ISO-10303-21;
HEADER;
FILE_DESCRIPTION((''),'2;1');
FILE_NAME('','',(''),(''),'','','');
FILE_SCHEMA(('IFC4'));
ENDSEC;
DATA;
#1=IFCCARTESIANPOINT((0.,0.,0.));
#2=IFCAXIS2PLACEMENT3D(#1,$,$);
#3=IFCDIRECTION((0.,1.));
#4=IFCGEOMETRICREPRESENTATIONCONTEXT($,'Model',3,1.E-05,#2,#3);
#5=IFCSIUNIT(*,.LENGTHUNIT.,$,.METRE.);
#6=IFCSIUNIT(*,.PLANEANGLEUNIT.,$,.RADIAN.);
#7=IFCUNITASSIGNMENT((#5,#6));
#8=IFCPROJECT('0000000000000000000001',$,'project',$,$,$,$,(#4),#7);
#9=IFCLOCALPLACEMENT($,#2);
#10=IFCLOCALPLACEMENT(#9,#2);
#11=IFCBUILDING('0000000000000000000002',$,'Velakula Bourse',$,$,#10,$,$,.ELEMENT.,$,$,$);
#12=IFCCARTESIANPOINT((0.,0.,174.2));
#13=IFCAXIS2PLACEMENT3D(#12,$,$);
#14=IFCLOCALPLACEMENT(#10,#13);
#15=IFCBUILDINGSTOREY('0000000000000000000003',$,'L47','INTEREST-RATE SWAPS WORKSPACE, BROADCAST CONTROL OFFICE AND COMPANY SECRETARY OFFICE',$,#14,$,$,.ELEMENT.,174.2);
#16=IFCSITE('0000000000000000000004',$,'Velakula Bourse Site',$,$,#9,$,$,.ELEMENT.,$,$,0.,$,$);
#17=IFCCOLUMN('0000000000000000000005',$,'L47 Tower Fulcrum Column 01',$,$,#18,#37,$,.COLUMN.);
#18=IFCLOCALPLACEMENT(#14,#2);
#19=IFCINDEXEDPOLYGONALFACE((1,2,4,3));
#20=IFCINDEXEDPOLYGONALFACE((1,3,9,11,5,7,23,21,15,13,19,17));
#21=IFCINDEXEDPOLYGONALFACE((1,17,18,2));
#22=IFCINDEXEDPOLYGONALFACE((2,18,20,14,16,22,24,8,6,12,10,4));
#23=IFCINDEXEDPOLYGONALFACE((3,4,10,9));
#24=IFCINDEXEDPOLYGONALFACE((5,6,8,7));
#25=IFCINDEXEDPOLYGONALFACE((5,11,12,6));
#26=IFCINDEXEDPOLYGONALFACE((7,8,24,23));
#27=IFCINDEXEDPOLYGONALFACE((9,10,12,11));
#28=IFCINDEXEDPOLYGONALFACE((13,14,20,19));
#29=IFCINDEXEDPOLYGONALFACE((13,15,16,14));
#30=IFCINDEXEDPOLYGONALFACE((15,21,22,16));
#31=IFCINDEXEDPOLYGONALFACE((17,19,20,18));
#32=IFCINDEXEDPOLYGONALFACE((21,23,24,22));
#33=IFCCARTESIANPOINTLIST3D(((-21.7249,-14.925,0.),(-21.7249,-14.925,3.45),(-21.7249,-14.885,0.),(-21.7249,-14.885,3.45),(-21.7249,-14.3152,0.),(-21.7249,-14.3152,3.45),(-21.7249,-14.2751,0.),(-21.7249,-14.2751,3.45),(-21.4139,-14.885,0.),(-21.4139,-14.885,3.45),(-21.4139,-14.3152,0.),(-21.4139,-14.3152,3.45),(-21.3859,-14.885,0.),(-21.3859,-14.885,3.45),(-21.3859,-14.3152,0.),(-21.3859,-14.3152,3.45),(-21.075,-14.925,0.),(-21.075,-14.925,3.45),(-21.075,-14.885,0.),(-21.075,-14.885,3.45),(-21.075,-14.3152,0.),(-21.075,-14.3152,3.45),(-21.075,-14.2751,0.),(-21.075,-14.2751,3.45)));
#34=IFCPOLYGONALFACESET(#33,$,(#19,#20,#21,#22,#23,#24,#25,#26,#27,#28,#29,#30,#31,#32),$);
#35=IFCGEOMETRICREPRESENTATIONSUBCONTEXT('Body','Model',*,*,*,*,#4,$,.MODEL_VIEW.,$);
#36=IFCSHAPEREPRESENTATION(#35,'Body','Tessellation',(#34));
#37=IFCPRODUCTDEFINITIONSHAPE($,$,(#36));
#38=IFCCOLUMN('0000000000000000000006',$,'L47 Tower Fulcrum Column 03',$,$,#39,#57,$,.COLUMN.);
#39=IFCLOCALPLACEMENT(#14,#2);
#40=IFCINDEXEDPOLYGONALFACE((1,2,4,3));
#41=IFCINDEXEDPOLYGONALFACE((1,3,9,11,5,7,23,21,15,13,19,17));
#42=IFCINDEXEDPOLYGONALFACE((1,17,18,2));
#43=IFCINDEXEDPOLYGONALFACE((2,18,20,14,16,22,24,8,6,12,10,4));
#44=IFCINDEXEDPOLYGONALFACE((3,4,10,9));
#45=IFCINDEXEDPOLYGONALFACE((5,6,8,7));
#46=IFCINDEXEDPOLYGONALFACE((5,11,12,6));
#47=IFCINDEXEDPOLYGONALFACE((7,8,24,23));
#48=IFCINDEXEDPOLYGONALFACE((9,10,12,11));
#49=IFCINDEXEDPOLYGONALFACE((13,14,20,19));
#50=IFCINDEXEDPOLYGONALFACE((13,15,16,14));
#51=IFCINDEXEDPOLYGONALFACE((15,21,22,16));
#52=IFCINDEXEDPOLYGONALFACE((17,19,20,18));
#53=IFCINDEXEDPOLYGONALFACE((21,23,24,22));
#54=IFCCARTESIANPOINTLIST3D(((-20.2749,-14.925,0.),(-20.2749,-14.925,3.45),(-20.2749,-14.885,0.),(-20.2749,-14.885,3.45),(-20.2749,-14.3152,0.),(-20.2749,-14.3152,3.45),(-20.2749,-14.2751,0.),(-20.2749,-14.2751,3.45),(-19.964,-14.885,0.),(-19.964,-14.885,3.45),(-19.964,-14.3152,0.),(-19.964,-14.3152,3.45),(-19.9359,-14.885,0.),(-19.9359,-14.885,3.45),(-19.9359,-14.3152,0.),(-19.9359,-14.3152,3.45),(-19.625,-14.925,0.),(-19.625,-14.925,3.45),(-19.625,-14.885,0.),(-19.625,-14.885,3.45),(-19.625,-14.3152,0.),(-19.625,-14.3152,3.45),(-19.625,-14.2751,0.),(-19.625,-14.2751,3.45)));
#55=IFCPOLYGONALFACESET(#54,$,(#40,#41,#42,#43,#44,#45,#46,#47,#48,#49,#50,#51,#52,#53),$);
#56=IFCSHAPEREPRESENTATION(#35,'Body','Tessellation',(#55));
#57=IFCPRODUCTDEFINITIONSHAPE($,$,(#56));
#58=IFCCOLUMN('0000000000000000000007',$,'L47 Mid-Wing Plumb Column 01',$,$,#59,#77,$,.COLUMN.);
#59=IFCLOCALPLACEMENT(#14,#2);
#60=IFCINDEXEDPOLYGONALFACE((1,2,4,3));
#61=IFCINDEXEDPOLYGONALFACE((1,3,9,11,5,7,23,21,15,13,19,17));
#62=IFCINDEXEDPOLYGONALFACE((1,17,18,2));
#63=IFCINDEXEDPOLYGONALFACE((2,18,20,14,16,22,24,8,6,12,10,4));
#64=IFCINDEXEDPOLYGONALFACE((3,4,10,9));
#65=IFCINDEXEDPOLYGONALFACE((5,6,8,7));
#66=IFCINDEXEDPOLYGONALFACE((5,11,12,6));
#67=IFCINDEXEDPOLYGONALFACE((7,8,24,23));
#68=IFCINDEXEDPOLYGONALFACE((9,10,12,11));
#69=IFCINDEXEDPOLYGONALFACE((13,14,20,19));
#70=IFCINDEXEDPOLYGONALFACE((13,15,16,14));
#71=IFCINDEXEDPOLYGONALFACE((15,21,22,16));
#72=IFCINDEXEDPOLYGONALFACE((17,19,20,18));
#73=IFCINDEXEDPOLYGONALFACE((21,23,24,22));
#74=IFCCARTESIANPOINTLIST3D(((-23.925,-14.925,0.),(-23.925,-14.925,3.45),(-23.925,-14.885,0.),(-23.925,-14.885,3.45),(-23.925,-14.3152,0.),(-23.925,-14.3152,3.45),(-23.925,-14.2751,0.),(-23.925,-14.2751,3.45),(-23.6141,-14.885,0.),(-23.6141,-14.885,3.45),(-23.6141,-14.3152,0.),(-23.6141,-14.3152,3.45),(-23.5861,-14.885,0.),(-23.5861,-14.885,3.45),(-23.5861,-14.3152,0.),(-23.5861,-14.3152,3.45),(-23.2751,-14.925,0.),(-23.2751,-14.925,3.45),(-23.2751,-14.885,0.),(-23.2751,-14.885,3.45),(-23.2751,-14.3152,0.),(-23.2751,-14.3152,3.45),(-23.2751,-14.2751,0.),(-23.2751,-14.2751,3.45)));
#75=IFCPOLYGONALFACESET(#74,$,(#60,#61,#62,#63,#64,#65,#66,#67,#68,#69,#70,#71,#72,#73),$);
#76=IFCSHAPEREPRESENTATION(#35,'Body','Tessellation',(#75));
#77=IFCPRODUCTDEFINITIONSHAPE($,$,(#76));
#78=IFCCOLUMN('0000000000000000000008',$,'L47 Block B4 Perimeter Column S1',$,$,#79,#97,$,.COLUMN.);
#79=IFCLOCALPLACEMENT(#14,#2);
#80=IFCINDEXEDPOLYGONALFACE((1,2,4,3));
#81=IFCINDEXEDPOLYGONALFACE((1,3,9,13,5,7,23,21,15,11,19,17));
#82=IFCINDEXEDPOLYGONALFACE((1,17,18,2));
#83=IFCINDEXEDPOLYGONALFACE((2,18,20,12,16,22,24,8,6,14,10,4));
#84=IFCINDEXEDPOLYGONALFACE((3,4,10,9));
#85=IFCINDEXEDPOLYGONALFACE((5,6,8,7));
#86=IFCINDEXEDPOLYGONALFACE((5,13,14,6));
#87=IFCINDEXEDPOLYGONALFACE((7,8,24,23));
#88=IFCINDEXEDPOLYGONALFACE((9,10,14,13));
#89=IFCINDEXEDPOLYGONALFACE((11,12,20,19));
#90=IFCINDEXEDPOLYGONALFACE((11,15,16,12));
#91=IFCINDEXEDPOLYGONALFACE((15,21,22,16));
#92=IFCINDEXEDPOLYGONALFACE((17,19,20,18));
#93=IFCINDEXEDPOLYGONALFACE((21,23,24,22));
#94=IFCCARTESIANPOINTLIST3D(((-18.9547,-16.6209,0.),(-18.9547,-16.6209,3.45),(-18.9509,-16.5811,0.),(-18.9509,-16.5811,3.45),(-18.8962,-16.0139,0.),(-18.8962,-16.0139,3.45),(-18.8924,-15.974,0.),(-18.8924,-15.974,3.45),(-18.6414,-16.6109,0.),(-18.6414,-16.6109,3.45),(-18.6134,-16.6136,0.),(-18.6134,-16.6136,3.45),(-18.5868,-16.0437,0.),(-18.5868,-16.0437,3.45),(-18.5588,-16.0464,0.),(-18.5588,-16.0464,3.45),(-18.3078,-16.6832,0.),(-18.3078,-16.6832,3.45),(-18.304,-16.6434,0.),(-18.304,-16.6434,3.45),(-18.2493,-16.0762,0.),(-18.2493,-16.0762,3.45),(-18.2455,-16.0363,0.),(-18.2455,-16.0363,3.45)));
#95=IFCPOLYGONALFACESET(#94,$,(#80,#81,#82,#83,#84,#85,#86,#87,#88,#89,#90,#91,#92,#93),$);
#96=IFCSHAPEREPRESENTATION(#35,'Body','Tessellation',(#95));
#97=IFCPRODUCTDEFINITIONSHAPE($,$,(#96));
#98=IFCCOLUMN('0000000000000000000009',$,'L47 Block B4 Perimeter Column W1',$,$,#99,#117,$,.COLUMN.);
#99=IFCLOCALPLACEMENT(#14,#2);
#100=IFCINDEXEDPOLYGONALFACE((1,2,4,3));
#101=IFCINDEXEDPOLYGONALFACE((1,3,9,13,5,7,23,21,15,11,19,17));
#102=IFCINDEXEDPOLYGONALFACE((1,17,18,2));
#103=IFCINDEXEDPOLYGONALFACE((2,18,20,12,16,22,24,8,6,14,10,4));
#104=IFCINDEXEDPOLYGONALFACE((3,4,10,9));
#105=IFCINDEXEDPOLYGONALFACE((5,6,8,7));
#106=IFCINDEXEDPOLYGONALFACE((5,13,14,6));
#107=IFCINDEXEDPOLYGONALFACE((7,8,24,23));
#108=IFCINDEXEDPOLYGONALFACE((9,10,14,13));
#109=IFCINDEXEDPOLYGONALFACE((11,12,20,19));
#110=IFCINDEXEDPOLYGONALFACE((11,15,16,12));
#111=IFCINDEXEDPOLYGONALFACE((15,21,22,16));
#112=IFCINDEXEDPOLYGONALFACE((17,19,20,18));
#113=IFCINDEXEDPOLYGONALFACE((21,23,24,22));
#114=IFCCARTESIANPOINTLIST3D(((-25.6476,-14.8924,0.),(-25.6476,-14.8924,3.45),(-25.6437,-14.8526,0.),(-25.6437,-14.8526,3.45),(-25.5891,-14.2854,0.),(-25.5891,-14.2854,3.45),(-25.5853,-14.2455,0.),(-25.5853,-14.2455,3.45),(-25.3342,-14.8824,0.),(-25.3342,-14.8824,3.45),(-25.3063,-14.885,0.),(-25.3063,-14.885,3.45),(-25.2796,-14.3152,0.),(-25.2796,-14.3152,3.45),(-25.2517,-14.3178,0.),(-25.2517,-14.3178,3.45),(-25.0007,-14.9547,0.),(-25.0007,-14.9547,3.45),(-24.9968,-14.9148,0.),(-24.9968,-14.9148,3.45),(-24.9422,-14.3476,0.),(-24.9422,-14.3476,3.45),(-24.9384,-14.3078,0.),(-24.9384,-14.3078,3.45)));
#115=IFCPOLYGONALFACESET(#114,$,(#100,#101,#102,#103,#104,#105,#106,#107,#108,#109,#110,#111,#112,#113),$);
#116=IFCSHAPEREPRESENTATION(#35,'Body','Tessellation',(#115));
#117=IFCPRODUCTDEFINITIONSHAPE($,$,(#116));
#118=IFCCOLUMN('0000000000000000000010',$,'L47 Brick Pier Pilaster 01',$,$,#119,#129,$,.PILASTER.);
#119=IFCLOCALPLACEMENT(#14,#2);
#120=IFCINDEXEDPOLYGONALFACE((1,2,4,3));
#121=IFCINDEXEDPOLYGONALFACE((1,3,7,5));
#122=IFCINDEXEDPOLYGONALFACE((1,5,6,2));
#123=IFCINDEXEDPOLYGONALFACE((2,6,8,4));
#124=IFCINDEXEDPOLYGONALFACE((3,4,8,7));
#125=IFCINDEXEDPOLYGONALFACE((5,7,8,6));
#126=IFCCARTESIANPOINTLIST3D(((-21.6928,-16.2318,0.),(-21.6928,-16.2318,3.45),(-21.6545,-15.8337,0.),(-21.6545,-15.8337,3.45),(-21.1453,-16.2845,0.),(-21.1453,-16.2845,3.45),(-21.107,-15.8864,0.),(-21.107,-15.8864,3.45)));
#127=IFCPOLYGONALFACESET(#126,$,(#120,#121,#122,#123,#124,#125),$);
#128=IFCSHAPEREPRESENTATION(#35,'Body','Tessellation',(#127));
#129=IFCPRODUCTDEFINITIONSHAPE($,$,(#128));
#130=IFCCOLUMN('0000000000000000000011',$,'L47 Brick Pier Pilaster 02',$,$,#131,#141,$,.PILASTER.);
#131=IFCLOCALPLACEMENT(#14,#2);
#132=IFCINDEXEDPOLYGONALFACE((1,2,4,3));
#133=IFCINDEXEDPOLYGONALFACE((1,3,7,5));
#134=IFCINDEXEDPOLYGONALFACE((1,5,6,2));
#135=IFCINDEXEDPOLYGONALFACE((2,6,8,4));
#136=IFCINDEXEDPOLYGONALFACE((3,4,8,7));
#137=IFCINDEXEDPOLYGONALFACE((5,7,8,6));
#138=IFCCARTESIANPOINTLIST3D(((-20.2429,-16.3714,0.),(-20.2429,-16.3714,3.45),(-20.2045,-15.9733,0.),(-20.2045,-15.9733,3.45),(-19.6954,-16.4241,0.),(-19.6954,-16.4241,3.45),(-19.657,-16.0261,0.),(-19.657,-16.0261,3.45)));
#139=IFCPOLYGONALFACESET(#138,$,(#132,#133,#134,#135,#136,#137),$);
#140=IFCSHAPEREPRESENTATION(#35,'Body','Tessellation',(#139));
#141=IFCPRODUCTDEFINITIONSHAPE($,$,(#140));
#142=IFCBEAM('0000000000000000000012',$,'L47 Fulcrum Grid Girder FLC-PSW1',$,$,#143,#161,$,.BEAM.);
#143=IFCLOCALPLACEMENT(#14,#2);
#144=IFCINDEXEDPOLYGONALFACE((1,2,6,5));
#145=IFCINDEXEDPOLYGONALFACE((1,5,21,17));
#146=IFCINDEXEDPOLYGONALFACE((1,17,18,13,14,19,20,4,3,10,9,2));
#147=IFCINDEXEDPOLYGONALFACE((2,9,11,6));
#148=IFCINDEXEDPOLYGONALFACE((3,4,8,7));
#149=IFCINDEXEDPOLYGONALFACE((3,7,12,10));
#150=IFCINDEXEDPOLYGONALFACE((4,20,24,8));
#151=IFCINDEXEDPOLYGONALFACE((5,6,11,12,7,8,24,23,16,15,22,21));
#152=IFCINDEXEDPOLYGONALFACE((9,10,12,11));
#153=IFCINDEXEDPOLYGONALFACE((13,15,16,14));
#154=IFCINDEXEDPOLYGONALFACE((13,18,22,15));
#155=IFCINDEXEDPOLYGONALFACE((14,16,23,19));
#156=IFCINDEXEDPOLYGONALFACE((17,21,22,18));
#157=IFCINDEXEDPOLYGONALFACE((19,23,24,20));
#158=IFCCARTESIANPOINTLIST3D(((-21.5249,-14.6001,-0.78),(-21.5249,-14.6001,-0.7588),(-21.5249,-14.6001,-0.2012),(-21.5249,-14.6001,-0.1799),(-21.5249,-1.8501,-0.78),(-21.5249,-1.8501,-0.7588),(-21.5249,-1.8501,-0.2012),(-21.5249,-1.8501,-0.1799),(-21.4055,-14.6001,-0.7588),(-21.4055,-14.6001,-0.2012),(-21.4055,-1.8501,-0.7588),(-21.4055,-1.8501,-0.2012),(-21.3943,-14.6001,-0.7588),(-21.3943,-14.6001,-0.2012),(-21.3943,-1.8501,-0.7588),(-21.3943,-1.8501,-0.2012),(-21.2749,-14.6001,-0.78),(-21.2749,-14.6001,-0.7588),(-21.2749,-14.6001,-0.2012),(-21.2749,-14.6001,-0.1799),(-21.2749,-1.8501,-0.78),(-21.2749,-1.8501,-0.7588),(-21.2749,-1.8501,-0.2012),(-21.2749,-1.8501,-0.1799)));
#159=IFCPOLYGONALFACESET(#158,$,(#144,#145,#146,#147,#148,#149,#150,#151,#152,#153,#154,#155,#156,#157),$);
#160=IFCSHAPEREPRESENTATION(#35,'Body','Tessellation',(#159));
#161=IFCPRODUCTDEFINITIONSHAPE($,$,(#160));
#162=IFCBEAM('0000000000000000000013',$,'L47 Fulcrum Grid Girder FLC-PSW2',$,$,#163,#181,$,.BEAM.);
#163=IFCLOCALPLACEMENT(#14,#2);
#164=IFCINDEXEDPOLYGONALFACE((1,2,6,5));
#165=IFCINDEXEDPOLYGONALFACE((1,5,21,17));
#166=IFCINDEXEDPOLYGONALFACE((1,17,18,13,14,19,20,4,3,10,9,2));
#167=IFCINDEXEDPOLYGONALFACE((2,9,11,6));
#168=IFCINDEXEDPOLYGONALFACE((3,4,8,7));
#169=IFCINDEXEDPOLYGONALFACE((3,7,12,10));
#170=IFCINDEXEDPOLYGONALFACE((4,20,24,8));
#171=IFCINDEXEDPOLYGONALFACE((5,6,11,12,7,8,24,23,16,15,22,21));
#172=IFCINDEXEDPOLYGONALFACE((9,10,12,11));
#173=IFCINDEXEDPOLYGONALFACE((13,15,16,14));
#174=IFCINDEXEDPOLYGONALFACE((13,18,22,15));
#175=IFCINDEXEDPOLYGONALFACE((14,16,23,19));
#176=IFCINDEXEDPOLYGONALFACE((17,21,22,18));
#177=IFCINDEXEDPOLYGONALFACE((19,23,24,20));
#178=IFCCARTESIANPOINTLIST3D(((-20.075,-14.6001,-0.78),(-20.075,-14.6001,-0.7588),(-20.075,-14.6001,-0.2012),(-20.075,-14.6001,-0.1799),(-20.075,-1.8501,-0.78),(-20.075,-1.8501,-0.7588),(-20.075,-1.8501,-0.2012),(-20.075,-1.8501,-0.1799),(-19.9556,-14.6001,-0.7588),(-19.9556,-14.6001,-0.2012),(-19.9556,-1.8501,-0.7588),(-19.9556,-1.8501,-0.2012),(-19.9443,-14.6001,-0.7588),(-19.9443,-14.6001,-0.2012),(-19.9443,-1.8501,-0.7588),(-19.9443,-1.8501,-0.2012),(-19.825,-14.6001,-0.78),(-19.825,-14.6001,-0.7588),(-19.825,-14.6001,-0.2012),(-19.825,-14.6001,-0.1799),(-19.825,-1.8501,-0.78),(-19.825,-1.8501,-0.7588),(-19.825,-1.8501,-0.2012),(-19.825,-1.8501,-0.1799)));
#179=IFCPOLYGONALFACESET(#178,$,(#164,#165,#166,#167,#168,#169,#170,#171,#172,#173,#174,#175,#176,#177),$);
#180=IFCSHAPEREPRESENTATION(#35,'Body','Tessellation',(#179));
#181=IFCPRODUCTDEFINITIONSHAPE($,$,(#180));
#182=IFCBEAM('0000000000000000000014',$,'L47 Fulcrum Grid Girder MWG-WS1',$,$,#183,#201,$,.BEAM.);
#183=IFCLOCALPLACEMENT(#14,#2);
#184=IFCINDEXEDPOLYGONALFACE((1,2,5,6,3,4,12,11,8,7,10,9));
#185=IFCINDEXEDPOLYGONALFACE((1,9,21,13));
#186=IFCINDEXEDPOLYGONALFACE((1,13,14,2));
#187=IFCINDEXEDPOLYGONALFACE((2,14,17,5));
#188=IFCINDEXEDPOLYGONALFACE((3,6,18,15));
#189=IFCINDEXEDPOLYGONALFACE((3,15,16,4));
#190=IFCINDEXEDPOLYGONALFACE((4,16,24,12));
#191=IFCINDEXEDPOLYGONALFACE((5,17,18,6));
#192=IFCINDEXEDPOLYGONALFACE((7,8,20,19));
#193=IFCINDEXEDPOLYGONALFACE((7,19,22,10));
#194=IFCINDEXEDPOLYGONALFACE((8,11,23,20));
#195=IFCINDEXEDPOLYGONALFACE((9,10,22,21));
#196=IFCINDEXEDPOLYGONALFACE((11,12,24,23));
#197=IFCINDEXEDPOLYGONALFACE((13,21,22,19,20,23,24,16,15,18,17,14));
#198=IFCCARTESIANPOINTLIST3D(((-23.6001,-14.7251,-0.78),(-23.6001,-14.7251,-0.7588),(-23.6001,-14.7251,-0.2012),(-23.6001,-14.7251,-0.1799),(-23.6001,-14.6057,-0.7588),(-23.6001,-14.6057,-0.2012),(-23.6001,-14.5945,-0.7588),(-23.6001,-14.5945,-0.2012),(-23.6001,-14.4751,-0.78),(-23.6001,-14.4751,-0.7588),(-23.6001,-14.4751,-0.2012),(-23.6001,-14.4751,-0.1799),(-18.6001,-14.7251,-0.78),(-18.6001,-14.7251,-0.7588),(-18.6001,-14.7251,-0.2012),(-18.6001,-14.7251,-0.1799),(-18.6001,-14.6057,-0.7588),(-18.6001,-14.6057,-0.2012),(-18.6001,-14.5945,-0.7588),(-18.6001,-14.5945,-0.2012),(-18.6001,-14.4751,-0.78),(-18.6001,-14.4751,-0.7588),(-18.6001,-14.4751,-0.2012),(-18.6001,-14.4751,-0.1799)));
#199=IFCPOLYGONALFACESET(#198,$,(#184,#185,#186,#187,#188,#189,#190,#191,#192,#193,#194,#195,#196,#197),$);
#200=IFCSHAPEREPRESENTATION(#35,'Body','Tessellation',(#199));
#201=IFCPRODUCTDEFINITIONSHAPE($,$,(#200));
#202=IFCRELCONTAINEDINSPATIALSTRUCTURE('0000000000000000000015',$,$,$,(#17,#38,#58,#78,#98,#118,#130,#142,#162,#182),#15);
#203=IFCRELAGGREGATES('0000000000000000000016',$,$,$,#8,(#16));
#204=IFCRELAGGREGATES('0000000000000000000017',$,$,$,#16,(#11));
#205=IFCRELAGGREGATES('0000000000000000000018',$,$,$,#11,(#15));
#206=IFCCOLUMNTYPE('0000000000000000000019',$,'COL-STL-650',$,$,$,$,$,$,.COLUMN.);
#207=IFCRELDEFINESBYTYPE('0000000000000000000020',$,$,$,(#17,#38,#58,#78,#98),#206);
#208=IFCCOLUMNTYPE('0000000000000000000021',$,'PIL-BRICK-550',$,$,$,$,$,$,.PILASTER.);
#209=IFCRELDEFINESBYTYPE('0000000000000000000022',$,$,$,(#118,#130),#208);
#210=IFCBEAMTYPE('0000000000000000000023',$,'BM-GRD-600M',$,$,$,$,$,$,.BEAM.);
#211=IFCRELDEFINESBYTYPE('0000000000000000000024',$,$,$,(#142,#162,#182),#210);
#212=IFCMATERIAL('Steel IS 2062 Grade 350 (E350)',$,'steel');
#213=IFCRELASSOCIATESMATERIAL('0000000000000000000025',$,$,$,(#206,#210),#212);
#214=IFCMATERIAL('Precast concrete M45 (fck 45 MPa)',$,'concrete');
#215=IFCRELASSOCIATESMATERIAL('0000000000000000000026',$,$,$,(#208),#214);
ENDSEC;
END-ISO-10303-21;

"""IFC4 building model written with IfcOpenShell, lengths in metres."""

from ifc_helpers import new_model, si_unit, direction, frame, origin, origin_2d, place, context, subcontext, project, spatial, rectangle, i_section, extrude, material, material_profile, profile_set, type_object, element, save


model = new_model("IFC4")

# Units and contexts
model_context = context("Model", 3, precision=1e-05, world=origin(), true_north=direction((0.0, 1.0)))
body_context = subcontext(model_context, "Body", "Model", "MODEL_VIEW")
ifc_project = project(units=[si_unit("LENGTHUNIT", "METRE"), si_unit("PLANEANGLEUNIT", "RADIAN")], contexts=[model_context])

# Site, building, storey
site_placement = place(None, origin())
site = spatial("IfcSite", under=ifc_project, at=site_placement, Name="Velakula Bourse Site", CompositionType="ELEMENT", RefElevation=0.0)
building_placement = place(site_placement, origin())
building = spatial("IfcBuilding", under=site, at=building_placement, Name="Velakula Bourse", CompositionType="ELEMENT")
storey_placement = place(building_placement, frame((0.0, 0.0, 174.2)))
storey = spatial("IfcBuildingStorey", under=building, at=storey_placement, Name="L47", Description="INTEREST-RATE SWAPS WORKSPACE, BROADCAST CONTROL OFFICE AND COMPANY SECRETARY OFFICE", CompositionType="ELEMENT", Elevation=174.2)

# Columns
ifc_material_1 = material(Name="Steel IS 2062 Grade 350 (E350)", Category="steel")
ifc_material_profile_1 = material_profile(ifc_material_1, i_section(OverallWidth=0.6499, OverallDepth=0.6499, WebThickness=0.0281, FlangeThickness=0.04, at=origin_2d()), Name="Steel IS 2062 Grade 350 (E350)")
ifc_profile_set_1 = profile_set([ifc_material_profile_1], Name="Steel IS 2062 Grade 350 (E350)")
column_type_1 = type_object("IfcColumnType", Name="COL-STL-650", PredefinedType="COLUMN", material=ifc_profile_set_1)
for number, where, z_axis, x_axis, name in (
    (1, (-21.3999, -14.6001, 0.0), (0.0, 0.0, 1.0), (1.0, 0.0, 0.0), "L47 Tower Fulcrum Column 01"),
    (2, (-19.95, -14.6001, 0.0), (0.0, 0.0, 1.0), (1.0, 0.0, 0.0), "L47 Tower Fulcrum Column 03"),
    (3, (-23.6001, -14.6001, 0.0), (0.0, 0.0, 1.0), (1.0, 0.0, 0.0), "L47 Mid-Wing Plumb Column 01"),
    (4, (-18.6001, -16.3286, 0.0), (0.0, 0.0, 1.0), (0.995396, -0.095846, 0.0), "L47 Block B4 Perimeter Column S1"),
    (5, (-25.293, -14.6001, 0.0), (0.0, 0.0, 1.0), (0.995396, -0.095846, 0.0), "L47 Block B4 Perimeter Column W1"),
):
    element("IfcColumn", number, at=place(storey_placement, frame(where, z_axis=z_axis, x_axis=x_axis)), inside=storey, type_object=column_type_1, Name=name, PredefinedType="COLUMN", context=body_context, shape_type="SweptSolid", body=[
        extrude(i_section(OverallWidth=0.6499, OverallDepth=0.6499, WebThickness=0.0281, FlangeThickness=0.04, at=origin_2d()), origin(), (0.0, 0.0, 1.0), 3.45),
    ])
ifc_material_2 = material(Name="Precast concrete M45 (fck 45 MPa)", Category="concrete")
ifc_material_profile_2 = material_profile(ifc_material_2, rectangle(XDim=0.55, YDim=0.3999, at=origin_2d()), Name="Precast concrete M45 (fck 45 MPa)")
ifc_profile_set_2 = profile_set([ifc_material_profile_2], Name="Precast concrete M45 (fck 45 MPa)")
column_type_2 = type_object("IfcColumnType", Name="PIL-BRICK-550", PredefinedType="PILASTER", material=ifc_profile_set_2)
for number, where, z_axis, x_axis, name in (
    (6, (-21.3999, -16.0591, 0.0), (0.0, 0.0, 1.0), (0.995396, -0.095846, 0.0), "L47 Brick Pier Pilaster 01"),
    (7, (-19.95, -16.1987, 0.0), (0.0, 0.0, 1.0), (0.995396, -0.095846, 0.0), "L47 Brick Pier Pilaster 02"),
):
    element("IfcColumn", number, at=place(storey_placement, frame(where, z_axis=z_axis, x_axis=x_axis)), inside=storey, type_object=column_type_2, Name=name, PredefinedType="PILASTER", context=body_context, shape_type="SweptSolid", body=[
        extrude(rectangle(XDim=0.55, YDim=0.3999, at=origin_2d()), origin(), (0.0, 0.0, 1.0), 3.45),
    ])

# Beams
ifc_material_profile_3 = material_profile(ifc_material_1, i_section(OverallWidth=0.25, OverallDepth=0.6001, WebThickness=0.0112, FlangeThickness=0.0212, at=origin_2d()), Name="Steel IS 2062 Grade 350 (E350)")
ifc_profile_set_3 = profile_set([ifc_material_profile_3], Name="Steel IS 2062 Grade 350 (E350)")
beam_type_1 = type_object("IfcBeamType", Name="BM-GRD-600M", PredefinedType="BEAM", material=ifc_profile_set_3)
for number, where, z_axis, x_axis, name in (
    (8, (-21.3999, -14.6001, -0.48), (0.0, 1.0, 0.0), (-1.0, 0.0, 0.0), "L47 Fulcrum Grid Girder FLC-PSW1"),
    (9, (-19.95, -14.6001, -0.48), (0.0, 1.0, 0.0), (-1.0, 0.0, 0.0), "L47 Fulcrum Grid Girder FLC-PSW2"),
):
    element("IfcBeam", number, at=place(storey_placement, frame(where, z_axis=z_axis, x_axis=x_axis)), inside=storey, type_object=beam_type_1, Name=name, PredefinedType="BEAM", context=body_context, shape_type="SweptSolid", body=[
        extrude(i_section(OverallWidth=0.25, OverallDepth=0.6001, WebThickness=0.0112, FlangeThickness=0.0212, at=origin_2d()), origin(), (0.0, 0.0, 1.0), 12.75),
    ])
beam_1_placement = place(storey_placement, frame((-23.6001, -14.6001, -0.48), z_axis=(1.0, 0.0, 0.0), x_axis=(0.0, 1.0, 0.0)))
element("IfcBeam", 10, at=beam_1_placement, inside=storey, type_object=beam_type_1, Name="L47 Fulcrum Grid Girder MWG-WS1", PredefinedType="BEAM", context=body_context, shape_type="SweptSolid", body=[
    extrude(i_section(OverallWidth=0.25, OverallDepth=0.6001, WebThickness=0.0112, FlangeThickness=0.0212, at=origin_2d()), origin(), (0.0, 0.0, 1.0), 5.0),
])

save(model, "model.ifc")
